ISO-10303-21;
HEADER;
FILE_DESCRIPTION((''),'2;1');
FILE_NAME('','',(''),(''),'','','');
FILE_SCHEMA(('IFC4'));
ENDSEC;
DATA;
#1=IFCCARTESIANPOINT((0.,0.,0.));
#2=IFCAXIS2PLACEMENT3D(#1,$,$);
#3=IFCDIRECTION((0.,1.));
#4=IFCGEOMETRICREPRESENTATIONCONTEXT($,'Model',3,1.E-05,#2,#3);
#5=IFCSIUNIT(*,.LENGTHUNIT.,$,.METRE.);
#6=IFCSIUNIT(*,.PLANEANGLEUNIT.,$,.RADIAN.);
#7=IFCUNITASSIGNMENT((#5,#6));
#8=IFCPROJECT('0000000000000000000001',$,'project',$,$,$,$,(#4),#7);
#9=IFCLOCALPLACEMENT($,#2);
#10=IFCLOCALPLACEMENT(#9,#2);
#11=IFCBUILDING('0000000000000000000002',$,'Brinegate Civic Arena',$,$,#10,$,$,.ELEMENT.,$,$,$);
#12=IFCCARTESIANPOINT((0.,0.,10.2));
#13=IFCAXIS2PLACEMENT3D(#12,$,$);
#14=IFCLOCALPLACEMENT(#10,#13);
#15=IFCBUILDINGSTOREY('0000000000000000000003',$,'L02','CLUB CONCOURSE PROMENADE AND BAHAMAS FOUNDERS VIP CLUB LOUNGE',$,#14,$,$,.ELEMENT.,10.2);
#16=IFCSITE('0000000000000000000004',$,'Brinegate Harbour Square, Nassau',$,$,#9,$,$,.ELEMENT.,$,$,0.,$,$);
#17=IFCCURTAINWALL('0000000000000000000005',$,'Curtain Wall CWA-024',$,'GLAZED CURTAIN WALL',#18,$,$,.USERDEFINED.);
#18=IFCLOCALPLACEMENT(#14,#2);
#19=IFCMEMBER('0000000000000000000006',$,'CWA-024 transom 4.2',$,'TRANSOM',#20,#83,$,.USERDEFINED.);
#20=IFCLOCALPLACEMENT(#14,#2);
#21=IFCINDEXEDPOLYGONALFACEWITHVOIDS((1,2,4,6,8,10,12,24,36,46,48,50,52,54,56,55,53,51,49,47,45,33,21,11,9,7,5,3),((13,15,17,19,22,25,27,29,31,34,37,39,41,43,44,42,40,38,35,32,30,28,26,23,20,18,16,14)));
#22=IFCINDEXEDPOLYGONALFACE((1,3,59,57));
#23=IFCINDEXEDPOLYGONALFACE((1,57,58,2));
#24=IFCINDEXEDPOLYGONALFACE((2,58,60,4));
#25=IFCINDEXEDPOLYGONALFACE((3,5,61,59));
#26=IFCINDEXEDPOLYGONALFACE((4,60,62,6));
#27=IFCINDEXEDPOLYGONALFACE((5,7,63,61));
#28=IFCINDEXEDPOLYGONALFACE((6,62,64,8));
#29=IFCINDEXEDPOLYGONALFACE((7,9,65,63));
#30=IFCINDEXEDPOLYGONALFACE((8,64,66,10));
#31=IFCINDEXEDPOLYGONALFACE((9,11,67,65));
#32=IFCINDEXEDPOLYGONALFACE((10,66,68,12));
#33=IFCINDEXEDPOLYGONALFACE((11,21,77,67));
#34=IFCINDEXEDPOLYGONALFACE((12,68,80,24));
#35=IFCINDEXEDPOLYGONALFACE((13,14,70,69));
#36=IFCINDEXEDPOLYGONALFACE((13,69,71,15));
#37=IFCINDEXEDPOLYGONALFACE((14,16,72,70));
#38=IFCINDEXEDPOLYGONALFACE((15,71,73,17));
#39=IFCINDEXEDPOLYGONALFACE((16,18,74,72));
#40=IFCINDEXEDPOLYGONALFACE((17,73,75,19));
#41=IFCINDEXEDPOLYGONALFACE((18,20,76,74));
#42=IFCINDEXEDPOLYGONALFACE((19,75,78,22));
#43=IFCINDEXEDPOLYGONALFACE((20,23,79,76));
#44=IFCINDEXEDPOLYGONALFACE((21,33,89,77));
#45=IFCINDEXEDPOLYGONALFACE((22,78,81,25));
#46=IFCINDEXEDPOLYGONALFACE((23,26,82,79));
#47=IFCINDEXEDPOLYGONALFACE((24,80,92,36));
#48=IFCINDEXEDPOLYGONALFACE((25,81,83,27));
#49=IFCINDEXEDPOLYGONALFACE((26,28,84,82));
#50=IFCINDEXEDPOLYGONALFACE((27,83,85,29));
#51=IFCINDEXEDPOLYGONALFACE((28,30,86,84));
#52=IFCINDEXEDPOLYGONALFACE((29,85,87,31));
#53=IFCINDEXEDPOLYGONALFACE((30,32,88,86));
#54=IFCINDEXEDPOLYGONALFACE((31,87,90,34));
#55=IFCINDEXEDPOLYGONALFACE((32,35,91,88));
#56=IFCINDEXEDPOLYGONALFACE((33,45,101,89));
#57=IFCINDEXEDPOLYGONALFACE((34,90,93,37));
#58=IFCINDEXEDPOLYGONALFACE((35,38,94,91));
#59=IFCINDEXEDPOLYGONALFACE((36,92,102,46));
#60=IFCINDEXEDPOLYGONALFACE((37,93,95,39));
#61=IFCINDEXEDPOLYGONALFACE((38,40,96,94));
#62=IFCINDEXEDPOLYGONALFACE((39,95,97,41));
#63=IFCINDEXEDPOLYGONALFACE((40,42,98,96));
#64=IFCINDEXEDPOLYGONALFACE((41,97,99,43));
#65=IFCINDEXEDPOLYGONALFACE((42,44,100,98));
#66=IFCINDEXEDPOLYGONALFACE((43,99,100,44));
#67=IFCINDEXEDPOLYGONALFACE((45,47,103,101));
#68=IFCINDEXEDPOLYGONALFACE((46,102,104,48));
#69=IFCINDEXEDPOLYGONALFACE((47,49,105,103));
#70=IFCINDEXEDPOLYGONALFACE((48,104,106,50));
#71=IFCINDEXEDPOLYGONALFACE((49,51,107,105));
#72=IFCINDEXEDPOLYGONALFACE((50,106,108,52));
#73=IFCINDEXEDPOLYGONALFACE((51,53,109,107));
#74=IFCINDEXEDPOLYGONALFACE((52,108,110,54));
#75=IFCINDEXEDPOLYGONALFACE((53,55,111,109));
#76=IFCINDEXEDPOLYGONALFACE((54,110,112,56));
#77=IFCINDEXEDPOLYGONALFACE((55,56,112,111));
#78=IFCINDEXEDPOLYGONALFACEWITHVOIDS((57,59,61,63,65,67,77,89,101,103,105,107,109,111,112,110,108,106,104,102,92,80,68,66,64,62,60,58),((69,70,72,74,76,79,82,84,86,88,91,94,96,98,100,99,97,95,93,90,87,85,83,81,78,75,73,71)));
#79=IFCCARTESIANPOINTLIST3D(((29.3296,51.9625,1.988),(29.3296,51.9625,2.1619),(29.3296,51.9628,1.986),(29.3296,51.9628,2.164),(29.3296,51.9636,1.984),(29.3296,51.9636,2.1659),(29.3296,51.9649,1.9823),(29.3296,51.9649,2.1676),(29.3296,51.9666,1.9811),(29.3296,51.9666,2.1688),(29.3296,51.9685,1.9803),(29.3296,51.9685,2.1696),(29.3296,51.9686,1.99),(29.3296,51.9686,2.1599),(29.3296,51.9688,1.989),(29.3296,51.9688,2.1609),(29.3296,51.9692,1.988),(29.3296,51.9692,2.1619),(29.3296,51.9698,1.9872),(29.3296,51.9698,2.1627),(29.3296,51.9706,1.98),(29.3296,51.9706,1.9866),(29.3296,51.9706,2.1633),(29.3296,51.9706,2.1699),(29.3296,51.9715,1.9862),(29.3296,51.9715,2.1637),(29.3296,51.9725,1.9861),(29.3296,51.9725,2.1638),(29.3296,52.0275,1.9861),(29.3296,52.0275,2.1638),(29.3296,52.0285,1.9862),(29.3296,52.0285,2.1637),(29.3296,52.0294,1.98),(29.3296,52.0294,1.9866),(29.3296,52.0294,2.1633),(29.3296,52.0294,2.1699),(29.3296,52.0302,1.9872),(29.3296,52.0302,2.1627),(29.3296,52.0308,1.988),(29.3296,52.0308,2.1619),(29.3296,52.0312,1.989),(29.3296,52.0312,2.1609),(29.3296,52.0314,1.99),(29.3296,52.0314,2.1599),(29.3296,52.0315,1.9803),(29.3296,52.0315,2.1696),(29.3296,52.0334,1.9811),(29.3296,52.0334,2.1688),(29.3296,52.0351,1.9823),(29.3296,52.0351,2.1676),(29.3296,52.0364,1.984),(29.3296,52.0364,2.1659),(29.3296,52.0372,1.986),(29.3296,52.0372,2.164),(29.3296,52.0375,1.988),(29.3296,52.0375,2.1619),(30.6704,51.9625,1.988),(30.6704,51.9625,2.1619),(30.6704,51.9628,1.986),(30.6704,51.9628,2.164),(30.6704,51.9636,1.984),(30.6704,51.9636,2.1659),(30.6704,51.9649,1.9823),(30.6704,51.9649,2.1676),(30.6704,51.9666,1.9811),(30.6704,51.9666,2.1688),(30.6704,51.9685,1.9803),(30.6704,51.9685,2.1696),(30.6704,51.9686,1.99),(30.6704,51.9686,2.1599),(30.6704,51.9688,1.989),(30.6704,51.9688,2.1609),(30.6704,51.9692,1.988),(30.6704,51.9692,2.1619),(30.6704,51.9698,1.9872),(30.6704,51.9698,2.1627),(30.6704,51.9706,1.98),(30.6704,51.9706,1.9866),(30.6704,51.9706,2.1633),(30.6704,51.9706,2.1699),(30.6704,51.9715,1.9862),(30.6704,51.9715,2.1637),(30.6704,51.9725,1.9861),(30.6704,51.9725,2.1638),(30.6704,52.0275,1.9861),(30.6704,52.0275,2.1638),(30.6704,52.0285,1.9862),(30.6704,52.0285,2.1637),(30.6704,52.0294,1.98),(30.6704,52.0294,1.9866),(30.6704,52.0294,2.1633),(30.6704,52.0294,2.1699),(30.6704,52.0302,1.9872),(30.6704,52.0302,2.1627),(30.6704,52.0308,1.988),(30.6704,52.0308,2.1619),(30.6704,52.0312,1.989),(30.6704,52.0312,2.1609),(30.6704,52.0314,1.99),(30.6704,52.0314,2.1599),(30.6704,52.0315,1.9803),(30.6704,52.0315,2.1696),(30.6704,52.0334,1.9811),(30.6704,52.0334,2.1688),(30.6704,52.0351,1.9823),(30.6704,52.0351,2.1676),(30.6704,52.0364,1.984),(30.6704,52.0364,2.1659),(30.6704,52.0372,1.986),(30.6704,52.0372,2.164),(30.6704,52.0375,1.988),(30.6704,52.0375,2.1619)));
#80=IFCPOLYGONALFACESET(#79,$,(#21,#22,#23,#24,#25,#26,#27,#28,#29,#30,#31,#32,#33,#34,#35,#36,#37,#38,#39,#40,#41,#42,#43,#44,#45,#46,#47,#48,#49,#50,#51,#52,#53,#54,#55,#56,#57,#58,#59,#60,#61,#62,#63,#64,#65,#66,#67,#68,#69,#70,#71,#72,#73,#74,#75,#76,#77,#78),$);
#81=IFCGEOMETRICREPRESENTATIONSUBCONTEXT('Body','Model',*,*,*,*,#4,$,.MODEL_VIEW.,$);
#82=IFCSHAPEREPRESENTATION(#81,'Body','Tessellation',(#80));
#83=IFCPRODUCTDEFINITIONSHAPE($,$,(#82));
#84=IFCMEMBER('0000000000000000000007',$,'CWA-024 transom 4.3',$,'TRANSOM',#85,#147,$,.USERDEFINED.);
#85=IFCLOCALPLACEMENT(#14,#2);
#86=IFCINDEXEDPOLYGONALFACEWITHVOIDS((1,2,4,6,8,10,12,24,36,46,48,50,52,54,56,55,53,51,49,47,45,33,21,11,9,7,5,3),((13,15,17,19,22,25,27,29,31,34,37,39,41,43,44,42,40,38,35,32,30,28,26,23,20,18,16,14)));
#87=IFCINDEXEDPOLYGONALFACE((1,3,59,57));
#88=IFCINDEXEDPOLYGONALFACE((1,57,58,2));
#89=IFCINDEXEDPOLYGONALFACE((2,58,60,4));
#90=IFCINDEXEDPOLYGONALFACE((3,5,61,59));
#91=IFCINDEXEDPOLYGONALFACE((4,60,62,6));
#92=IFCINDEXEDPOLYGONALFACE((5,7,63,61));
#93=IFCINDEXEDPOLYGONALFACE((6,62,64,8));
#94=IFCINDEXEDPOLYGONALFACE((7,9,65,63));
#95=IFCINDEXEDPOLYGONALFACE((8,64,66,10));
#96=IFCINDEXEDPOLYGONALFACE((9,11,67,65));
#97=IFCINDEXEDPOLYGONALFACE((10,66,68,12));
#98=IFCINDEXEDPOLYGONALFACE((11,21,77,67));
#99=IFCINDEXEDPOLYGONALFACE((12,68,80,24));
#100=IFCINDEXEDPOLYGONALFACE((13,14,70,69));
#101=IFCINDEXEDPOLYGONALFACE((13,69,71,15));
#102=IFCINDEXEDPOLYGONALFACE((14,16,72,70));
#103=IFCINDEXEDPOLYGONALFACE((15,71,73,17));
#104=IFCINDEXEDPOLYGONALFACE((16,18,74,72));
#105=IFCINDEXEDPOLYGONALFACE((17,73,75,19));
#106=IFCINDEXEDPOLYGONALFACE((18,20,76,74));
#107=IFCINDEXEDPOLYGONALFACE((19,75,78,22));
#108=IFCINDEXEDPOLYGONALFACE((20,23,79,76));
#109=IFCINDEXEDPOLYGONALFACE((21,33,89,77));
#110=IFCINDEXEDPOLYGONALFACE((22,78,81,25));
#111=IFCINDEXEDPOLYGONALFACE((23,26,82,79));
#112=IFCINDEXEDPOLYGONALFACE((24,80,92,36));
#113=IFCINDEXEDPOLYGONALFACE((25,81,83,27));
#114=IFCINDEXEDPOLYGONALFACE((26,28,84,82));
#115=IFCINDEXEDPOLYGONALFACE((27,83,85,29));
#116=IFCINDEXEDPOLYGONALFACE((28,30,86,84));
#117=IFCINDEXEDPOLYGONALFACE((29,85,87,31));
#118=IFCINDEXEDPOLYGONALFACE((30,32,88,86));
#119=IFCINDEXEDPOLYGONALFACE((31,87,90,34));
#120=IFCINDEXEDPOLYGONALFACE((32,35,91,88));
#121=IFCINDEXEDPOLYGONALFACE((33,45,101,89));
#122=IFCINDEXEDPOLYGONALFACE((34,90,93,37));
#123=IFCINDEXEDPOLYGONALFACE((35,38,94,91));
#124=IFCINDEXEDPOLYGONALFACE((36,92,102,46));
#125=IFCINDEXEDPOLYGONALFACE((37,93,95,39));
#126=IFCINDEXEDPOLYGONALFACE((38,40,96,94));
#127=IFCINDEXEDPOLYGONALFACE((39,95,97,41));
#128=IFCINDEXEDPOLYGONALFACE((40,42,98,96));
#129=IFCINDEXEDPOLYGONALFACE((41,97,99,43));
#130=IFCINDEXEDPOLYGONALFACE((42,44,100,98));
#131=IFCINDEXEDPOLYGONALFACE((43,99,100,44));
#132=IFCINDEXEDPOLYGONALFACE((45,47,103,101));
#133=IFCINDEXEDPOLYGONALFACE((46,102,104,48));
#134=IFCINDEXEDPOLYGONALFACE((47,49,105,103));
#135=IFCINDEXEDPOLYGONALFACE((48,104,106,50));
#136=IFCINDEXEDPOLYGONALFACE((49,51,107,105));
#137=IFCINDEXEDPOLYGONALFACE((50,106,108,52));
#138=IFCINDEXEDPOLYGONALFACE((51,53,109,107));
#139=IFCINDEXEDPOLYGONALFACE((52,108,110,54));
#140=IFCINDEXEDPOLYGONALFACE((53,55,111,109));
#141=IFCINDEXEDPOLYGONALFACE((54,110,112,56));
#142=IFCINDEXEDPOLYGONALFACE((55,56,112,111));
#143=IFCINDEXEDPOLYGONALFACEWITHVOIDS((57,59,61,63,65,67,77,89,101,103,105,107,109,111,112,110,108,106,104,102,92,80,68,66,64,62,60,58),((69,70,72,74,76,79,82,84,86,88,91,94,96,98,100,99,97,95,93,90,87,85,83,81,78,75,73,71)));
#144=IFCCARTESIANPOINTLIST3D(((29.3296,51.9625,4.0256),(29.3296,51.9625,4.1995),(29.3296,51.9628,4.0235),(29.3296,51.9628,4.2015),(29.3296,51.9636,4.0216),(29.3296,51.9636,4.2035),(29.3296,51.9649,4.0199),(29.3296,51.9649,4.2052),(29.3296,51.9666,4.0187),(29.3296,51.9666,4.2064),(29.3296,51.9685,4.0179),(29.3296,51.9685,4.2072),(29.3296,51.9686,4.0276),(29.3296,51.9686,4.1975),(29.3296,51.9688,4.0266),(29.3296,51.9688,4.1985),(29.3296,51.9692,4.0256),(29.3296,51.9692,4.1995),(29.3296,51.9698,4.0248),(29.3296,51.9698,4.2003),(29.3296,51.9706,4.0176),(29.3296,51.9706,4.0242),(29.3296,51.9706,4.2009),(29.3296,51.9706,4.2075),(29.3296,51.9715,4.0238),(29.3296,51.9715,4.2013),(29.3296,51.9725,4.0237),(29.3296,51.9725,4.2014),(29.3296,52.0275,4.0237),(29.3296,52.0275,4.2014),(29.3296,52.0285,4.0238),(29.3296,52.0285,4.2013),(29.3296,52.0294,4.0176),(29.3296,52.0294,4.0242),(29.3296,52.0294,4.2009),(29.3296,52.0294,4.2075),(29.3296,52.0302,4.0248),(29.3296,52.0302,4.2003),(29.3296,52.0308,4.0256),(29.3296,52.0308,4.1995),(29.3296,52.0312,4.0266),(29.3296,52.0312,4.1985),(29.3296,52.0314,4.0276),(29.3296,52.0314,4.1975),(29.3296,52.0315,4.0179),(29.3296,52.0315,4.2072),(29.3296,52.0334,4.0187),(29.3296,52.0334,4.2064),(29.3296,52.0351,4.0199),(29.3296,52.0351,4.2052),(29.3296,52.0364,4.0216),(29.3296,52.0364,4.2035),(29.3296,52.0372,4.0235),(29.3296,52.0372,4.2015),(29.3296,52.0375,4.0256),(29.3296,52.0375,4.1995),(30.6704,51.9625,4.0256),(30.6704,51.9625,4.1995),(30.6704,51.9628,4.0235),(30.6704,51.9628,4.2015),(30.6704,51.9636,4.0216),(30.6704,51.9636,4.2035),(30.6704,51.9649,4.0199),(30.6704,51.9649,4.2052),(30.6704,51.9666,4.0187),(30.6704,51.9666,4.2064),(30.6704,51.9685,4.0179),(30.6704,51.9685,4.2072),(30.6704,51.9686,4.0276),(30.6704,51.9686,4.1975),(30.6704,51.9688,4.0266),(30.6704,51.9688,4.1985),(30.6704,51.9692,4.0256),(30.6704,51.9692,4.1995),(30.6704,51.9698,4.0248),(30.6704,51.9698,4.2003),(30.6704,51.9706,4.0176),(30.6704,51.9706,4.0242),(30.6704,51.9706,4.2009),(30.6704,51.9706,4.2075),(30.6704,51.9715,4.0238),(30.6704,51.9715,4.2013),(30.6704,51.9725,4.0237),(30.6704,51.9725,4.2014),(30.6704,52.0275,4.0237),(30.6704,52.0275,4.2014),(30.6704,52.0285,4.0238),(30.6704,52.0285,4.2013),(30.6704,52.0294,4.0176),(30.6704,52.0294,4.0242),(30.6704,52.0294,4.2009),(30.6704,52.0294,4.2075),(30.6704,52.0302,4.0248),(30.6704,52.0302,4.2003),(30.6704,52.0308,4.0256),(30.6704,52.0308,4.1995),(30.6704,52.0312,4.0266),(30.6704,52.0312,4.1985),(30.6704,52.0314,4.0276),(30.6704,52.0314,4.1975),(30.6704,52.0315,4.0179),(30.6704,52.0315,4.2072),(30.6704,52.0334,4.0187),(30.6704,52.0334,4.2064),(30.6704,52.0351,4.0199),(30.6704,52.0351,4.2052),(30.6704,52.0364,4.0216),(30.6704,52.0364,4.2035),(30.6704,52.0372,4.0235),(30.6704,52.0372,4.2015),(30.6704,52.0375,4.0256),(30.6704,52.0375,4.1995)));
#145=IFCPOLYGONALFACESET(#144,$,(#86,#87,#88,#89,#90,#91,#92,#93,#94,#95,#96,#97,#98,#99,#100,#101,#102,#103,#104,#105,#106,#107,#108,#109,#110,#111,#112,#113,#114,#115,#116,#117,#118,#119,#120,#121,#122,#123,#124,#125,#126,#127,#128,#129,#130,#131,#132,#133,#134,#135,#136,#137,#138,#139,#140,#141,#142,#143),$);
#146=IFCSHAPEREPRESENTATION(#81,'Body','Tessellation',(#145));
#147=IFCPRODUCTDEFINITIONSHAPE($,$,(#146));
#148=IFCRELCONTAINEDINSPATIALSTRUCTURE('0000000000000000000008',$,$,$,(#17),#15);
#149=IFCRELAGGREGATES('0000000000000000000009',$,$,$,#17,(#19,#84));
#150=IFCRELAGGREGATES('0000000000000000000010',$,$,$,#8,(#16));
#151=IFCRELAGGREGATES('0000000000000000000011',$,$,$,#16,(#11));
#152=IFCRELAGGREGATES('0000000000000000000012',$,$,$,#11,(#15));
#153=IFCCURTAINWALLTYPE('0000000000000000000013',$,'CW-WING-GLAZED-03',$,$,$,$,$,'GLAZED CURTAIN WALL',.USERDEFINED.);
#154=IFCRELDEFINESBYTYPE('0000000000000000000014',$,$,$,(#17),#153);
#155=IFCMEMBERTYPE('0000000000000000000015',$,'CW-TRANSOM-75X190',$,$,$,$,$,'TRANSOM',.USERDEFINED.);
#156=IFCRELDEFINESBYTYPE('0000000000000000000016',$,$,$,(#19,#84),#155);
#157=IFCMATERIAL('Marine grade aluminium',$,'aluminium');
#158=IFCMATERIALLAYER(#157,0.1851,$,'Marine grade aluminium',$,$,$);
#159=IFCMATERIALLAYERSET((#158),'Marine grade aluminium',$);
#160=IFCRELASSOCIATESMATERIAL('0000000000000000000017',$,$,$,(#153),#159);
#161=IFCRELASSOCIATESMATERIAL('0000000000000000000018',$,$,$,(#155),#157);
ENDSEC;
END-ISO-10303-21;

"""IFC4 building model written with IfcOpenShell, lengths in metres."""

from ifc_helpers import new_model, si_unit, direction, frame, origin, origin_2d, place, context, subcontext, project, spatial, hollow_rectangle, extrude, material, layer, layer_set, material_profile, profile_set, type_object, element, aggregate, save


model = new_model("IFC4")

# Units and contexts
model_context = context("Model", 3, precision=1e-05, world=origin(), true_north=direction((0.0, 1.0)))
body_context = subcontext(model_context, "Body", "Model", "MODEL_VIEW")
ifc_project = project(units=[si_unit("LENGTHUNIT", "METRE"), si_unit("PLANEANGLEUNIT", "RADIAN")], contexts=[model_context])

# Site, building, storey
site_placement = place(None, origin())
site = spatial("IfcSite", under=ifc_project, at=site_placement, Name="Brinegate Harbour Square, Nassau", CompositionType="ELEMENT", RefElevation=0.0)
building_placement = place(site_placement, origin())
building = spatial("IfcBuilding", under=site, at=building_placement, Name="Brinegate Civic Arena", CompositionType="ELEMENT")
storey_placement = place(building_placement, frame((0.0, 0.0, 10.2)))
storey = spatial("IfcBuildingStorey", under=building, at=storey_placement, Name="L02", Description="CLUB CONCOURSE PROMENADE AND BAHAMAS FOUNDERS VIP CLUB LOUNGE", CompositionType="ELEMENT", Elevation=10.2)

# Shared definitions
ifc_material_1 = material(Name="Marine grade aluminium", Category="aluminium")
ifc_layer_1 = layer(ifc_material_1, 0.1851, Name="Marine grade aluminium")
ifc_layer_set_1 = layer_set([ifc_layer_1], Name="Marine grade aluminium")
curtain_wall_type_1 = type_object("IfcCurtainWallType", Name="CW-WING-GLAZED-03", ElementType="GLAZED CURTAIN WALL", PredefinedType="USERDEFINED", material=ifc_layer_set_1)

# Curtain wall
curtain_wall_1_placement = place(storey_placement, origin())
curtain_wall_1 = element("IfcCurtainWall", 1, at=curtain_wall_1_placement, inside=storey, type_object=curtain_wall_type_1, Name="Curtain Wall CWA-024", ObjectType="GLAZED CURTAIN WALL", PredefinedType="USERDEFINED")

# Members
ifc_material_profile_1 = material_profile(ifc_material_1, hollow_rectangle(XDim=0.075, YDim=0.1899, WallThickness=0.0061, InnerFilletRadius=0.0039, OuterFilletRadius=0.0081, at=origin_2d()), Name="TRN75X190")
ifc_profile_set_1 = profile_set([ifc_material_profile_1], Name="Marine grade aluminium")
member_type_1 = type_object("IfcMemberType", Name="CW-TRANSOM-75X190", ElementType="TRANSOM", PredefinedType="USERDEFINED", material=ifc_profile_set_1)
member_1_placement = place(storey_placement, frame((29.3296, 52.0, 2.075), z_axis=(1.0, 0.0, 0.0), x_axis=(0.0, 1.0, 0.0)))
member_1 = element("IfcMember", 2, at=member_1_placement, type_object=member_type_1, Name="CWA-024 transom 4.2", ObjectType="TRANSOM", PredefinedType="USERDEFINED", context=body_context, shape_type="SweptSolid", body=[
    extrude(hollow_rectangle(XDim=0.075, YDim=0.1899, WallThickness=0.0061, InnerFilletRadius=0.0039, OuterFilletRadius=0.0081, at=origin_2d()), origin(), (0.0, 0.0, 1.0), 1.3408),
])
member_2_placement = place(storey_placement, frame((29.3296, 52.0, 4.1125), z_axis=(1.0, 0.0, 0.0), x_axis=(0.0, 1.0, 0.0)))
member_2 = element("IfcMember", 3, at=member_2_placement, type_object=member_type_1, Name="CWA-024 transom 4.3", ObjectType="TRANSOM", PredefinedType="USERDEFINED", context=body_context, shape_type="SweptSolid", body=[
    extrude(hollow_rectangle(XDim=0.075, YDim=0.1899, WallThickness=0.0061, InnerFilletRadius=0.0039, OuterFilletRadius=0.0081, at=origin_2d()), origin(), (0.0, 0.0, 1.0), 1.3408),
])

aggregate(curtain_wall_1, [member_1, member_2])

save(model, "model.ifc")
